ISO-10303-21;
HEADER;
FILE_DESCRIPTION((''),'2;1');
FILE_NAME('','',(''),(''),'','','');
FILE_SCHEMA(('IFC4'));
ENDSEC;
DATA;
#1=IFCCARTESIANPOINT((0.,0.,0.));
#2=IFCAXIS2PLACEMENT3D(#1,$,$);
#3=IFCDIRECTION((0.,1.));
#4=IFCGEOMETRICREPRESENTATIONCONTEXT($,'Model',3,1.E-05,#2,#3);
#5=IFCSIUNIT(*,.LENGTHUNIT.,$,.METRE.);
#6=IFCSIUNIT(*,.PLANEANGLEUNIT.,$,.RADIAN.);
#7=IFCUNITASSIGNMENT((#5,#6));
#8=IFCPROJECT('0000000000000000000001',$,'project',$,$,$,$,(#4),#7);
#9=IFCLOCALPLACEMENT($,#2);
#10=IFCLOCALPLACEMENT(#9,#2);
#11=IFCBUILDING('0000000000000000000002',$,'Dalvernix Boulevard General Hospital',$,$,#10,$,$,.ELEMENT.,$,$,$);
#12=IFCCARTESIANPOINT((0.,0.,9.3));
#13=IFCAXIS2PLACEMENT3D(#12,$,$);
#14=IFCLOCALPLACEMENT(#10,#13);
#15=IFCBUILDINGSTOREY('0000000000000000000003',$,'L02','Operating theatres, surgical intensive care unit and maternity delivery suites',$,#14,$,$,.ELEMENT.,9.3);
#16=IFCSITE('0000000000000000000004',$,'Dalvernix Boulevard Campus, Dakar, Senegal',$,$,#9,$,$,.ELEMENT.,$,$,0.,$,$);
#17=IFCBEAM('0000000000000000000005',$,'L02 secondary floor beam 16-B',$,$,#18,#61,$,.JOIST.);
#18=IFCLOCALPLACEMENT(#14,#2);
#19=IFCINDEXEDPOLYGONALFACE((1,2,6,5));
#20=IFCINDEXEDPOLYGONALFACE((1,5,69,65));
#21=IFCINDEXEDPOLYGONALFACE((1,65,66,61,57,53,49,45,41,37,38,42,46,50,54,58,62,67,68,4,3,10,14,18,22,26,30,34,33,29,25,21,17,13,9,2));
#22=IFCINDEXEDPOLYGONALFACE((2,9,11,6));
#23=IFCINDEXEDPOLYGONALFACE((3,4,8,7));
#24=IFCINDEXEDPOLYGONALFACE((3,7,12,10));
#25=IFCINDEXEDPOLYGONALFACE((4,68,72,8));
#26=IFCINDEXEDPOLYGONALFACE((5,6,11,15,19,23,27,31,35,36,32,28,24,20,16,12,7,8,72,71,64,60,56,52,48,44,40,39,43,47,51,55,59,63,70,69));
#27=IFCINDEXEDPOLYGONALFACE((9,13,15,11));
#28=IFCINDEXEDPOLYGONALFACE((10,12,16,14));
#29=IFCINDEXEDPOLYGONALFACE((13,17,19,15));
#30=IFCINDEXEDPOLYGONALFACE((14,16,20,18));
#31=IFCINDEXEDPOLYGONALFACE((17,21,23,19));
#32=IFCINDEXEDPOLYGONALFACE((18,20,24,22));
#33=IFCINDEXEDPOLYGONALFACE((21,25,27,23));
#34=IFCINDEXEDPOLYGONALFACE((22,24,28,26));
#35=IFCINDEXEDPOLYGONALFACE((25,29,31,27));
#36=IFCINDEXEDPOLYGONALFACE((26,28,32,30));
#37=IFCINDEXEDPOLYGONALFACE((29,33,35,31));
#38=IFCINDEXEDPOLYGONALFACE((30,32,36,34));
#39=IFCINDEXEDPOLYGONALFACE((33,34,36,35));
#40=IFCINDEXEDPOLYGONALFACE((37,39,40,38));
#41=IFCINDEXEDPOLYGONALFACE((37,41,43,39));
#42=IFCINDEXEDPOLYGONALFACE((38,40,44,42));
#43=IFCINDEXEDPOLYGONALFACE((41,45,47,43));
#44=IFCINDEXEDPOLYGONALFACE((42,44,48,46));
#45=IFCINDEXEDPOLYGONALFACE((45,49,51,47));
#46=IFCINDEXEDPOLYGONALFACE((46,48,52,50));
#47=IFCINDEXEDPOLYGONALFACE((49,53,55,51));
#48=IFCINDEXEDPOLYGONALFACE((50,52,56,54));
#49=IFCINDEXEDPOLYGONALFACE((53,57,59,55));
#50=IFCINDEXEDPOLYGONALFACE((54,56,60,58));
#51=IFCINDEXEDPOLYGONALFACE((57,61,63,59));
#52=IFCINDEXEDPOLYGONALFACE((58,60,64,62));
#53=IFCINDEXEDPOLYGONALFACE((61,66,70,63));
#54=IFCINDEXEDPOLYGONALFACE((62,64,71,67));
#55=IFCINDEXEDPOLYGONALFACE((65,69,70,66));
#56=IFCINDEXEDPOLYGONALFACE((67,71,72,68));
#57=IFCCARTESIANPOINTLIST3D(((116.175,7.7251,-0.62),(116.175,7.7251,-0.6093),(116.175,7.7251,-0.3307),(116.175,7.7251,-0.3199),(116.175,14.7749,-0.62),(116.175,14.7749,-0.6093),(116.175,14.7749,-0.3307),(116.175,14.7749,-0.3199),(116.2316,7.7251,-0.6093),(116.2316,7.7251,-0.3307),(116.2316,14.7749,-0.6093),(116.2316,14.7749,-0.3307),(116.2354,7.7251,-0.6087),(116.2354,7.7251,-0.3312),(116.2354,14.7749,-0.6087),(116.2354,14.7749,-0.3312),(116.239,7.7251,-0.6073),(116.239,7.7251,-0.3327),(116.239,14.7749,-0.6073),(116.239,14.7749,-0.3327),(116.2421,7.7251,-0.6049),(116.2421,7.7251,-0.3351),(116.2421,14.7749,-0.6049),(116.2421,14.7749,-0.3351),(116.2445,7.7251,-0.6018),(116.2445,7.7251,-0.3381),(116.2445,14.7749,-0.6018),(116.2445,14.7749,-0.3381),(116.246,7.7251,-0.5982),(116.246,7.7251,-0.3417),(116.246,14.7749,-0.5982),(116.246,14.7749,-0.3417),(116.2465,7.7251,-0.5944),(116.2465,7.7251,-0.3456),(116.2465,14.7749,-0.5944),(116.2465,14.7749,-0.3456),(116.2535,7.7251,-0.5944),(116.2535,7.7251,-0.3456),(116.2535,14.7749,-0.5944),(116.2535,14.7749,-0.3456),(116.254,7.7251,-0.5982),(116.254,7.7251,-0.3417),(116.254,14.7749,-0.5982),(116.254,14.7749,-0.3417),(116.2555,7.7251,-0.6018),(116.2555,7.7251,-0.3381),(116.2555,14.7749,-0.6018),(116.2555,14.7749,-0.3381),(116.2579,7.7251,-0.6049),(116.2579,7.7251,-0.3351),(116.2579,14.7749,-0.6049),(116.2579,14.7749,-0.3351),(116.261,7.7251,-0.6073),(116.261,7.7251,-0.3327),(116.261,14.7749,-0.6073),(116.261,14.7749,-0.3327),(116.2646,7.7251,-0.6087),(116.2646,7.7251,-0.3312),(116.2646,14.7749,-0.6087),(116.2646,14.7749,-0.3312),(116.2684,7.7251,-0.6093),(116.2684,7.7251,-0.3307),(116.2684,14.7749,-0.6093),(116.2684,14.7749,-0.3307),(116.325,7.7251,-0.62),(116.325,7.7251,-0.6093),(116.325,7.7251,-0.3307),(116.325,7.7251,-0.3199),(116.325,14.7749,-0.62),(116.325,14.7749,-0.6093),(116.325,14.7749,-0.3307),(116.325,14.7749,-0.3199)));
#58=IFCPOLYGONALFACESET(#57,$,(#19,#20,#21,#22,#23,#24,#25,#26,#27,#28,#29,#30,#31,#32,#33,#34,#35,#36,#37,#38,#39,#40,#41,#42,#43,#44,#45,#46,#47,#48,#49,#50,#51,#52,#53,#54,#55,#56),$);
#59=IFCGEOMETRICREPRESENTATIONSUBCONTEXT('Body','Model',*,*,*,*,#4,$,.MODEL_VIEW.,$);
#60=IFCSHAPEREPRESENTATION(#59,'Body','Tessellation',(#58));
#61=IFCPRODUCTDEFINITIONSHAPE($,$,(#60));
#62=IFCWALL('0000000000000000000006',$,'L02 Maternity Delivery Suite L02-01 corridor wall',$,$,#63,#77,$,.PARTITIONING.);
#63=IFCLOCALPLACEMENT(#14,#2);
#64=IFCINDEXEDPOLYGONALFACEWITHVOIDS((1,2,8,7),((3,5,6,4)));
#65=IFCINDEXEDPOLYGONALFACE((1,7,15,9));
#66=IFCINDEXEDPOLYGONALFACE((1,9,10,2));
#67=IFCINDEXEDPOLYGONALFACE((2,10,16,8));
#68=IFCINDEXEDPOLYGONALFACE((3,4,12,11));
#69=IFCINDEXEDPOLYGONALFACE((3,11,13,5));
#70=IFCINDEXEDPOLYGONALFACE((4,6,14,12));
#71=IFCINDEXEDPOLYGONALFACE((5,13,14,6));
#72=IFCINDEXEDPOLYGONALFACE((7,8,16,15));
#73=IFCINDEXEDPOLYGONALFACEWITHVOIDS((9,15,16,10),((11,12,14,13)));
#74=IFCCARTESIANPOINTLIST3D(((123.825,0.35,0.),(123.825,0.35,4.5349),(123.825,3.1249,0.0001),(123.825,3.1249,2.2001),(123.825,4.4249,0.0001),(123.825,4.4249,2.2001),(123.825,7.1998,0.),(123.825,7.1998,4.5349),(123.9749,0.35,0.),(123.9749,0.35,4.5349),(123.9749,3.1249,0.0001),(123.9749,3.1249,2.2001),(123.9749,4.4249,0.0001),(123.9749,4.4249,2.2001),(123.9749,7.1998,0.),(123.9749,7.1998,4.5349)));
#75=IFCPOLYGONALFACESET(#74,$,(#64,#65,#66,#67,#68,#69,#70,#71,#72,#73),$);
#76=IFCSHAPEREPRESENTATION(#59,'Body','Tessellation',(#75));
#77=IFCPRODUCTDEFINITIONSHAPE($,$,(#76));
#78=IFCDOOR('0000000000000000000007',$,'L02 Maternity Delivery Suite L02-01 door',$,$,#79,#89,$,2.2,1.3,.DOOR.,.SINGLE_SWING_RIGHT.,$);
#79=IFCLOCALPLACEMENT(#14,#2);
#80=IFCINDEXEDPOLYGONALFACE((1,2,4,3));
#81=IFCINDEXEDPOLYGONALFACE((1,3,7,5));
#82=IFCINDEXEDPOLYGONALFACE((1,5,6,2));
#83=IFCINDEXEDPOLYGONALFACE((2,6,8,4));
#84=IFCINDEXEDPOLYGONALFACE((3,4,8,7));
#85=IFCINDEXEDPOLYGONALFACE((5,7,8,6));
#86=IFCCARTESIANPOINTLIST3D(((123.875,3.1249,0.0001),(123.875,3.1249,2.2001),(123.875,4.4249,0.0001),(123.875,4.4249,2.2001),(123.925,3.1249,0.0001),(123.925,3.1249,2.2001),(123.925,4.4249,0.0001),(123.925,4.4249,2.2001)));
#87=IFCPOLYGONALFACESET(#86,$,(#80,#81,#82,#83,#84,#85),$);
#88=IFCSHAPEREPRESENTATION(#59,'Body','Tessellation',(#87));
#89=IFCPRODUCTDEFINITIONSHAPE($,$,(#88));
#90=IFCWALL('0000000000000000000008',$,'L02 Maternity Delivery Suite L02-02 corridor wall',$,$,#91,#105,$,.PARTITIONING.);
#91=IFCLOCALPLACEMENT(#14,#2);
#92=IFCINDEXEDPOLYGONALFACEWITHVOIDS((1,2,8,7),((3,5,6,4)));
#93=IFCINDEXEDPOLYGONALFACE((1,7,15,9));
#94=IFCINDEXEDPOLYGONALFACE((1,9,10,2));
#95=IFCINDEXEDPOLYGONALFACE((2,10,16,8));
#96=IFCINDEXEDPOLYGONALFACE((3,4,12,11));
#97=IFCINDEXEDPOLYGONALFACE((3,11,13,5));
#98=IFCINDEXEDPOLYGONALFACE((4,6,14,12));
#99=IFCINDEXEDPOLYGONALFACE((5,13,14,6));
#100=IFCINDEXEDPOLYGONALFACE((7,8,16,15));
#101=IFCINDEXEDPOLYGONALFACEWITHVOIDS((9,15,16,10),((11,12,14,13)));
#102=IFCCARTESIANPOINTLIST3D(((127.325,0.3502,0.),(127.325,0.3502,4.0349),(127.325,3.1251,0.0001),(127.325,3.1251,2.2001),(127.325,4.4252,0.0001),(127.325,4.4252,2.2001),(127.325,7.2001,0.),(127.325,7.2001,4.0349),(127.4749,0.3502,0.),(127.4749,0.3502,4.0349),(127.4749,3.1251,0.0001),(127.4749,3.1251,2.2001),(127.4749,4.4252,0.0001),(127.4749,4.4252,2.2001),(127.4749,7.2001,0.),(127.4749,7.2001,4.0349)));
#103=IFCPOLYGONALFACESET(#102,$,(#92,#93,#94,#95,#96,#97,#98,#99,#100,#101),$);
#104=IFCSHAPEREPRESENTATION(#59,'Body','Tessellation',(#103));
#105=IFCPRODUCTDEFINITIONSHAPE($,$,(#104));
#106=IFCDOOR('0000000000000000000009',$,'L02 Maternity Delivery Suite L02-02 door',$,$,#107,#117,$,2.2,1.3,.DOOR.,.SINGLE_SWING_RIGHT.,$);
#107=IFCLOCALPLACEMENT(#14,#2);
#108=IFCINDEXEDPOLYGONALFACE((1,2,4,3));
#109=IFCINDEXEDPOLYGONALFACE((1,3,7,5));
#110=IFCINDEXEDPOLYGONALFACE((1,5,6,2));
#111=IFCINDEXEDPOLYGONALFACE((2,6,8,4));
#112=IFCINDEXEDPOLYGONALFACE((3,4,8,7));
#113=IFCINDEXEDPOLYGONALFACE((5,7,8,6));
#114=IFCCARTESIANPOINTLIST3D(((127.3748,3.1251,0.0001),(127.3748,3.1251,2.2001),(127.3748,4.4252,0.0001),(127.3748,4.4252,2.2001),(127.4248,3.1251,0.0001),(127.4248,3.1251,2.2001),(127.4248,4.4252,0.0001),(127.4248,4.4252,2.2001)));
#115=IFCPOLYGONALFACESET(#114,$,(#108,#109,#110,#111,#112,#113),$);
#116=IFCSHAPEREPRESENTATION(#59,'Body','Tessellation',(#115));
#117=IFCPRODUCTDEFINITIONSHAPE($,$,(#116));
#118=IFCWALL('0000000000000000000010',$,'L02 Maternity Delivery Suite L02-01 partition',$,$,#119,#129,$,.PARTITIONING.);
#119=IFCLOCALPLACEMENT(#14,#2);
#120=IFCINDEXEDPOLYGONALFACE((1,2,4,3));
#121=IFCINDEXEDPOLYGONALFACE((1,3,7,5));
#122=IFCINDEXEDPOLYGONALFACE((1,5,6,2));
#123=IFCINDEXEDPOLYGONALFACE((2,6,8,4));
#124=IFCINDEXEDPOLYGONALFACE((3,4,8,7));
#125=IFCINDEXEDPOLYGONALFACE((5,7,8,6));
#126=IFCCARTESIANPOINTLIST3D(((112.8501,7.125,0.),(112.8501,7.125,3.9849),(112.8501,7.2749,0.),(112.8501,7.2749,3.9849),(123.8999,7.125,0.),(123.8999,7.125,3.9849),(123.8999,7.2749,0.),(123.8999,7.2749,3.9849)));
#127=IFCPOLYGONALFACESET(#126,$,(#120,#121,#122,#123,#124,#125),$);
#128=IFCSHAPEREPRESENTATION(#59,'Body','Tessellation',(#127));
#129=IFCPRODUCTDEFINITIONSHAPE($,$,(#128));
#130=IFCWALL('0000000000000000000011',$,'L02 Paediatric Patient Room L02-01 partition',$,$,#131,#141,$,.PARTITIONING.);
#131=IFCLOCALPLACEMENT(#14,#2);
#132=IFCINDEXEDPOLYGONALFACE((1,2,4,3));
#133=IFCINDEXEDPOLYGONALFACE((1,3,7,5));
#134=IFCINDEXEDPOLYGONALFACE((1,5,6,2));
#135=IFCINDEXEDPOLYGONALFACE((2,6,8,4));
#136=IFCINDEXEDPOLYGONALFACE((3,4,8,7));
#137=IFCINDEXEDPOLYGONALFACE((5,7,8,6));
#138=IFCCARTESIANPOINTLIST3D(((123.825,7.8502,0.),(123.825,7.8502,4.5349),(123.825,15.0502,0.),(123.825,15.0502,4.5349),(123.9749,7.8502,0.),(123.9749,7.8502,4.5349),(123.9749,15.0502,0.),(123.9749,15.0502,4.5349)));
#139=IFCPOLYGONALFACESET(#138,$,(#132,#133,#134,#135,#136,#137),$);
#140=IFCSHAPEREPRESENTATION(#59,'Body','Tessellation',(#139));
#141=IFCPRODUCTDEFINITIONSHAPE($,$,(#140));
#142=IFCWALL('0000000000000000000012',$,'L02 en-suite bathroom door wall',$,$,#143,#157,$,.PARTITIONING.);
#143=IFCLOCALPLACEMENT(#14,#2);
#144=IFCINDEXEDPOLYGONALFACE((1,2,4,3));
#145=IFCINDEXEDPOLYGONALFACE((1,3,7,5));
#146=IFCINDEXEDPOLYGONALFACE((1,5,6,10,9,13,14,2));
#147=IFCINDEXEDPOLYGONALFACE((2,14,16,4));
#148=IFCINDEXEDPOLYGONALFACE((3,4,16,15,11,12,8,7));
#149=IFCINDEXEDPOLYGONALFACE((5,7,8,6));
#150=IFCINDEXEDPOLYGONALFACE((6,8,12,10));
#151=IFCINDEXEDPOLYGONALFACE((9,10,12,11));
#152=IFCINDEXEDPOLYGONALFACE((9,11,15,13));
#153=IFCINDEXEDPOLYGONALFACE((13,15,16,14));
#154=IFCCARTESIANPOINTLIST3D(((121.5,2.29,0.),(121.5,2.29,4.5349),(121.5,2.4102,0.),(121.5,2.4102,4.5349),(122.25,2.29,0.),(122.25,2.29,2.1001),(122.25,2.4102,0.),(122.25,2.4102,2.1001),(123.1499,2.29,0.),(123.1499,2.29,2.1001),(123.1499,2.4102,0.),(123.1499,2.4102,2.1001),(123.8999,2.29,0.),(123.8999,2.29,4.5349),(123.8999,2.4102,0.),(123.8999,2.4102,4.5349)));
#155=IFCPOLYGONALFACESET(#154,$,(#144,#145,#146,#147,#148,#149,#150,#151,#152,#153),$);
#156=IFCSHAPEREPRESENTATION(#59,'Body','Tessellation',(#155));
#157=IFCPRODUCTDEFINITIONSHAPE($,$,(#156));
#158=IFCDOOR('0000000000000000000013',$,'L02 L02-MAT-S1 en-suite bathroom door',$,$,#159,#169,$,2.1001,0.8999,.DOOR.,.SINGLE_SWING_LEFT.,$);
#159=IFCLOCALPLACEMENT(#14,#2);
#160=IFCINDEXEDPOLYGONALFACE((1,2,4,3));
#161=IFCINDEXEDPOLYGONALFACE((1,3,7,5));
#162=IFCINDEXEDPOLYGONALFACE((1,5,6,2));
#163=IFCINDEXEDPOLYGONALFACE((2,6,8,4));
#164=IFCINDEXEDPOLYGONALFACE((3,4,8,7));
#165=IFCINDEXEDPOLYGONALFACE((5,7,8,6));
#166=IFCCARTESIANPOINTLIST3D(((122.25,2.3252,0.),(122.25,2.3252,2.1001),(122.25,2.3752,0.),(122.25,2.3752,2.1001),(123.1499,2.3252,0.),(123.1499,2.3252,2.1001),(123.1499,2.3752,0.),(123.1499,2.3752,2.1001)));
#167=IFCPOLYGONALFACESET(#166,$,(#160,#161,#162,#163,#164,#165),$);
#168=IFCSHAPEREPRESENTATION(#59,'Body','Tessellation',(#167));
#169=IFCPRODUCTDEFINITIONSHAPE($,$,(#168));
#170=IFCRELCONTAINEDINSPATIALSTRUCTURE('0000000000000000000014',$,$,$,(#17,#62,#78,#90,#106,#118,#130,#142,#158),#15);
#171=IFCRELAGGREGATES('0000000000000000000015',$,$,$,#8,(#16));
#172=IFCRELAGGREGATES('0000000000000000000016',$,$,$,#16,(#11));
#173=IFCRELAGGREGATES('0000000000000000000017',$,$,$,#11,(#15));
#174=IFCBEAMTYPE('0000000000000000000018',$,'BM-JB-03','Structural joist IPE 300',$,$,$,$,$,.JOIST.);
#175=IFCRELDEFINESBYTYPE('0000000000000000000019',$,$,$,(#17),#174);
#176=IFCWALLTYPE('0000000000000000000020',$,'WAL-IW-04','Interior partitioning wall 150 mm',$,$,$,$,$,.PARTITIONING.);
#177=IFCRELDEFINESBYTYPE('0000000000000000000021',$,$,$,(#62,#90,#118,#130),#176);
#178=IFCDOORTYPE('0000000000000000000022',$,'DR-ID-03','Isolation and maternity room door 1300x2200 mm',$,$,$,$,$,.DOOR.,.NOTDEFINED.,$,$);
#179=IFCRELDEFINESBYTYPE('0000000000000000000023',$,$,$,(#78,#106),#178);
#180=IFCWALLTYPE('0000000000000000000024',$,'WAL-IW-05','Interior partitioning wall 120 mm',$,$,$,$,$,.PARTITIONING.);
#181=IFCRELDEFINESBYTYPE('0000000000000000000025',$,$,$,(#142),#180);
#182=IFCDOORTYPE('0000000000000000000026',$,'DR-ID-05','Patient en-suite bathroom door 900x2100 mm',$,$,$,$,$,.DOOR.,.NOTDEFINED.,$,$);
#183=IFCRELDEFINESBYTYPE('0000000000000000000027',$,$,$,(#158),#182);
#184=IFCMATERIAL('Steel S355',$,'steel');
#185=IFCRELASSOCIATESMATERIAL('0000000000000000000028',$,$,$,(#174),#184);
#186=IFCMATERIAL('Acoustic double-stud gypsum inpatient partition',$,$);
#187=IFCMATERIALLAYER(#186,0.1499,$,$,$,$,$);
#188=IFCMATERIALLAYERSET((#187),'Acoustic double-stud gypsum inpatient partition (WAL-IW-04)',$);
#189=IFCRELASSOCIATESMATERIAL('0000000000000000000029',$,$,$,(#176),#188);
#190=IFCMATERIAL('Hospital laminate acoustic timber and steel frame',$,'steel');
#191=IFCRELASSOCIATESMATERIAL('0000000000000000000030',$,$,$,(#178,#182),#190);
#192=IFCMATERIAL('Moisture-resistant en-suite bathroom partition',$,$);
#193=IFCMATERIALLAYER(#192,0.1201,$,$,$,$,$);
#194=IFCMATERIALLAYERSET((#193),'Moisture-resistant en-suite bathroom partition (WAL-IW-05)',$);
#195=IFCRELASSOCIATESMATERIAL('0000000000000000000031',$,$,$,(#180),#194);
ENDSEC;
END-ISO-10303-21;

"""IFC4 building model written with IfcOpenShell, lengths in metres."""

from ifc_helpers import new_model, si_unit, direction, frame, frame_2d, origin, origin_2d, place, context, subcontext, project, spatial, rectangle, i_section, extrude, material, layer, layer_set, material_profile, profile_set, type_object, element, fill, save


model = new_model("IFC4")

# Units and contexts
model_context = context("Model", 3, precision=1e-05, world=origin(), true_north=direction((0.0, 1.0)))
body_context = subcontext(model_context, "Body", "Model", "MODEL_VIEW")
ifc_project = project(units=[si_unit("LENGTHUNIT", "METRE"), si_unit("PLANEANGLEUNIT", "RADIAN")], contexts=[model_context])

# Site, building, storey
site_placement = place(None, origin())
site = spatial("IfcSite", under=ifc_project, at=site_placement, Name="Dalvernix Boulevard Campus, Dakar, Senegal", CompositionType="ELEMENT", RefElevation=0.0)
building_placement = place(site_placement, origin())
building = spatial("IfcBuilding", under=site, at=building_placement, Name="Dalvernix Boulevard General Hospital", CompositionType="ELEMENT")
storey_placement = place(building_placement, frame((0.0, 0.0, 9.3)))
storey = spatial("IfcBuildingStorey", under=building, at=storey_placement, Name="L02", Description="Operating theatres, surgical intensive care unit and maternity delivery suites", CompositionType="ELEMENT", Elevation=9.3)

# Beam
ifc_material_1 = material(Name="Steel S355", Category="steel")
ifc_material_profile_1 = material_profile(ifc_material_1, i_section(OverallWidth=0.1499, OverallDepth=0.3, WebThickness=0.0071, FlangeThickness=0.0107, FilletRadius=0.0149, at=origin_2d()), Name="IPE 300")
ifc_profile_set_1 = profile_set([ifc_material_profile_1], Name="Steel S355")
beam_type_1 = type_object("IfcBeamType", Name="BM-JB-03", Description="Structural joist IPE 300", PredefinedType="JOIST", material=ifc_profile_set_1)
beam_1_placement = place(storey_placement, frame((116.25, 7.7251, -0.47), z_axis=(0.0, 1.0, 0.0), x_axis=(-1.0, 0.0, 0.0)))
element("IfcBeam", 1, at=beam_1_placement, inside=storey, type_object=beam_type_1, Name="L02 secondary floor beam 16-B", PredefinedType="JOIST", context=body_context, shape_type="SweptSolid", body=[
    extrude(i_section(OverallWidth=0.1499, OverallDepth=0.3, WebThickness=0.0071, FlangeThickness=0.0107, FilletRadius=0.0149, at=origin_2d()), origin(), (0.0, 0.0, 1.0), 7.0498),
])

# Walls, openings, doors
ifc_material_2 = material(Name="Acoustic double-stud gypsum inpatient partition")
ifc_layer_1 = layer(ifc_material_2, 0.1499)
ifc_layer_set_1 = layer_set([ifc_layer_1], Name="Acoustic double-stud gypsum inpatient partition (WAL-IW-04)")
wall_type_1 = type_object("IfcWallType", Name="WAL-IW-04", Description="Interior partitioning wall 150 mm", PredefinedType="PARTITIONING", material=ifc_layer_set_1)
wall_1_placement = place(storey_placement, frame((123.8999, 0.3501, 0.0), z_axis=(0.0, 0.0, 1.0), x_axis=(0.0, 1.0, 0.0)))
wall_1 = element("IfcWall", 2, at=wall_1_placement, inside=storey, type_object=wall_type_1, Name="L02 Maternity Delivery Suite L02-01 corridor wall", PredefinedType="PARTITIONING", context=body_context, shape_type="SweptSolid", body=[
    extrude(rectangle(XDim=6.8499, YDim=0.1499, at=frame_2d((3.4248, 0.0))), origin(), (0.0, 0.0, 1.0), 4.5349),
])
opening_1_placement = place(wall_1_placement, frame((2.7749, 0.0, 0.0)))
opening_1 = element("IfcOpeningElement", 3, at=opening_1_placement, cuts=wall_1, PredefinedType="OPENING", context=body_context, shape_type="SweptSolid", body=[
    extrude(rectangle(XDim=1.3, YDim=2.2, at=frame_2d((0.6499, 1.1001))), frame((0.0, 0.085, 0.0), z_axis=(0.0, -1.0, 0.0), x_axis=(1.0, 0.0, 0.0)), (0.0, 0.0, 1.0), 0.1699),
])
ifc_material_3 = material(Name="Hospital laminate acoustic timber and steel frame", Category="steel")
door_type_1 = type_object("IfcDoorType", Name="DR-ID-03", Description="Isolation and maternity room door 1300x2200 mm", OperationType="NOTDEFINED", PredefinedType="DOOR", material=ifc_material_3)
door_1_placement = place(opening_1_placement, origin())
door_1 = element("IfcDoor", 4, at=door_1_placement, inside=storey, type_object=door_type_1, Name="L02 Maternity Delivery Suite L02-01 door", OperationType="SINGLE_SWING_RIGHT", OverallHeight=2.2, OverallWidth=1.3, PredefinedType="DOOR", context=body_context, shape_type="SweptSolid", body=[
    extrude(rectangle(XDim=1.3, YDim=2.2, at=frame_2d((0.6499, 1.1001))), frame((0.0, 0.0249, 0.0), z_axis=(0.0, -1.0, 0.0), x_axis=(1.0, 0.0, 0.0)), (0.0, 0.0, 1.0), 0.05),
])
fill(opening_1, door_1)
wall_2_placement = place(storey_placement, frame((127.3999, 7.2, 0.0), z_axis=(0.0, 0.0, 1.0), x_axis=(0.0, -1.0, 0.0)))
wall_2 = element("IfcWall", 5, at=wall_2_placement, inside=storey, type_object=wall_type_1, Name="L02 Maternity Delivery Suite L02-02 corridor wall", PredefinedType="PARTITIONING", context=body_context, shape_type="SweptSolid", body=[
    extrude(rectangle(XDim=6.8499, YDim=0.1499, at=frame_2d((3.4248, 0.0))), origin(), (0.0, 0.0, 1.0), 4.0349),
])
opening_2_placement = place(wall_2_placement, frame((2.7749, 0.0, 0.0)))
opening_2 = element("IfcOpeningElement", 6, at=opening_2_placement, cuts=wall_2, PredefinedType="OPENING", context=body_context, shape_type="SweptSolid", body=[
    extrude(rectangle(XDim=1.3, YDim=2.2, at=frame_2d((0.6499, 1.1001))), frame((0.0, 0.085, 0.0), z_axis=(0.0, -1.0, 0.0), x_axis=(1.0, 0.0, 0.0)), (0.0, 0.0, 1.0), 0.1699),
])
door_2_placement = place(opening_2_placement, origin())
door_2 = element("IfcDoor", 7, at=door_2_placement, inside=storey, type_object=door_type_1, Name="L02 Maternity Delivery Suite L02-02 door", OperationType="SINGLE_SWING_RIGHT", OverallHeight=2.2, OverallWidth=1.3, PredefinedType="DOOR", context=body_context, shape_type="SweptSolid", body=[
    extrude(rectangle(XDim=1.3, YDim=2.2, at=frame_2d((0.6499, 1.1001))), frame((0.0, 0.0249, 0.0), z_axis=(0.0, -1.0, 0.0), x_axis=(1.0, 0.0, 0.0)), (0.0, 0.0, 1.0), 0.05),
])
fill(opening_2, door_2)

# Walls
wall_3_placement = place(storey_placement, frame((112.8501, 7.2, 0.0), z_axis=(0.0, 0.0, 1.0), x_axis=(1.0, 0.0, 0.0)))
element("IfcWall", 8, at=wall_3_placement, inside=storey, type_object=wall_type_1, Name="L02 Maternity Delivery Suite L02-01 partition", PredefinedType="PARTITIONING", context=body_context, shape_type="SweptSolid", body=[
    extrude(rectangle(XDim=11.0498, YDim=0.1499, at=frame_2d((5.5249, 0.0))), origin(), (0.0, 0.0, 1.0), 3.9849),
])
wall_4_placement = place(storey_placement, frame((123.8999, 7.8501, 0.0), z_axis=(0.0, 0.0, 1.0), x_axis=(0.0, 1.0, 0.0)))
element("IfcWall", 9, at=wall_4_placement, inside=storey, type_object=wall_type_1, Name="L02 Paediatric Patient Room L02-01 partition", PredefinedType="PARTITIONING", context=body_context, shape_type="SweptSolid", body=[
    extrude(rectangle(XDim=7.2, YDim=0.1499, at=frame_2d((3.6001, 0.0))), origin(), (0.0, 0.0, 1.0), 4.5349),
])

# Wall, opening, door
ifc_material_4 = material(Name="Moisture-resistant en-suite bathroom partition")
ifc_layer_2 = layer(ifc_material_4, 0.1201)
ifc_layer_set_2 = layer_set([ifc_layer_2], Name="Moisture-resistant en-suite bathroom partition (WAL-IW-05)")
wall_type_2 = type_object("IfcWallType", Name="WAL-IW-05", Description="Interior partitioning wall 120 mm", PredefinedType="PARTITIONING", material=ifc_layer_set_2)
wall_5_placement = place(storey_placement, frame((123.8999, 2.3501, 0.0), z_axis=(0.0, 0.0, 1.0), x_axis=(-1.0, 0.0, 0.0)))
wall_5 = element("IfcWall", 10, at=wall_5_placement, inside=storey, type_object=wall_type_2, Name="L02 en-suite bathroom door wall", PredefinedType="PARTITIONING", context=body_context, shape_type="SweptSolid", body=[
    extrude(rectangle(XDim=2.3999, YDim=0.1201, at=frame_2d((1.2, 0.0))), origin(), (0.0, 0.0, 1.0), 4.5349),
])
opening_3_placement = place(wall_5_placement, frame((0.75, 0.0, 0.0)))
opening_3 = element("IfcOpeningElement", 11, at=opening_3_placement, cuts=wall_5, PredefinedType="OPENING", context=body_context, shape_type="SweptSolid", body=[
    extrude(rectangle(XDim=0.8999, YDim=2.1001, at=frame_2d((0.45, 1.05))), frame((0.0, 0.0701, 0.0), z_axis=(0.0, -1.0, 0.0), x_axis=(1.0, 0.0, 0.0)), (0.0, 0.0, 1.0), 0.1401),
])
door_type_2 = type_object("IfcDoorType", Name="DR-ID-05", Description="Patient en-suite bathroom door 900x2100 mm", OperationType="NOTDEFINED", PredefinedType="DOOR", material=ifc_material_3)
door_3_placement = place(opening_3_placement, origin())
door_3 = element("IfcDoor", 12, at=door_3_placement, inside=storey, type_object=door_type_2, Name="L02 L02-MAT-S1 en-suite bathroom door", OperationType="SINGLE_SWING_LEFT", OverallHeight=2.1001, OverallWidth=0.8999, PredefinedType="DOOR", context=body_context, shape_type="SweptSolid", body=[
    extrude(rectangle(XDim=0.8999, YDim=2.1001, at=frame_2d((0.45, 1.05))), frame((0.0, 0.0249, 0.0), z_axis=(0.0, -1.0, 0.0), x_axis=(1.0, 0.0, 0.0)), (0.0, 0.0, 1.0), 0.05),
])
fill(opening_3, door_3)

save(model, "model.ifc")
